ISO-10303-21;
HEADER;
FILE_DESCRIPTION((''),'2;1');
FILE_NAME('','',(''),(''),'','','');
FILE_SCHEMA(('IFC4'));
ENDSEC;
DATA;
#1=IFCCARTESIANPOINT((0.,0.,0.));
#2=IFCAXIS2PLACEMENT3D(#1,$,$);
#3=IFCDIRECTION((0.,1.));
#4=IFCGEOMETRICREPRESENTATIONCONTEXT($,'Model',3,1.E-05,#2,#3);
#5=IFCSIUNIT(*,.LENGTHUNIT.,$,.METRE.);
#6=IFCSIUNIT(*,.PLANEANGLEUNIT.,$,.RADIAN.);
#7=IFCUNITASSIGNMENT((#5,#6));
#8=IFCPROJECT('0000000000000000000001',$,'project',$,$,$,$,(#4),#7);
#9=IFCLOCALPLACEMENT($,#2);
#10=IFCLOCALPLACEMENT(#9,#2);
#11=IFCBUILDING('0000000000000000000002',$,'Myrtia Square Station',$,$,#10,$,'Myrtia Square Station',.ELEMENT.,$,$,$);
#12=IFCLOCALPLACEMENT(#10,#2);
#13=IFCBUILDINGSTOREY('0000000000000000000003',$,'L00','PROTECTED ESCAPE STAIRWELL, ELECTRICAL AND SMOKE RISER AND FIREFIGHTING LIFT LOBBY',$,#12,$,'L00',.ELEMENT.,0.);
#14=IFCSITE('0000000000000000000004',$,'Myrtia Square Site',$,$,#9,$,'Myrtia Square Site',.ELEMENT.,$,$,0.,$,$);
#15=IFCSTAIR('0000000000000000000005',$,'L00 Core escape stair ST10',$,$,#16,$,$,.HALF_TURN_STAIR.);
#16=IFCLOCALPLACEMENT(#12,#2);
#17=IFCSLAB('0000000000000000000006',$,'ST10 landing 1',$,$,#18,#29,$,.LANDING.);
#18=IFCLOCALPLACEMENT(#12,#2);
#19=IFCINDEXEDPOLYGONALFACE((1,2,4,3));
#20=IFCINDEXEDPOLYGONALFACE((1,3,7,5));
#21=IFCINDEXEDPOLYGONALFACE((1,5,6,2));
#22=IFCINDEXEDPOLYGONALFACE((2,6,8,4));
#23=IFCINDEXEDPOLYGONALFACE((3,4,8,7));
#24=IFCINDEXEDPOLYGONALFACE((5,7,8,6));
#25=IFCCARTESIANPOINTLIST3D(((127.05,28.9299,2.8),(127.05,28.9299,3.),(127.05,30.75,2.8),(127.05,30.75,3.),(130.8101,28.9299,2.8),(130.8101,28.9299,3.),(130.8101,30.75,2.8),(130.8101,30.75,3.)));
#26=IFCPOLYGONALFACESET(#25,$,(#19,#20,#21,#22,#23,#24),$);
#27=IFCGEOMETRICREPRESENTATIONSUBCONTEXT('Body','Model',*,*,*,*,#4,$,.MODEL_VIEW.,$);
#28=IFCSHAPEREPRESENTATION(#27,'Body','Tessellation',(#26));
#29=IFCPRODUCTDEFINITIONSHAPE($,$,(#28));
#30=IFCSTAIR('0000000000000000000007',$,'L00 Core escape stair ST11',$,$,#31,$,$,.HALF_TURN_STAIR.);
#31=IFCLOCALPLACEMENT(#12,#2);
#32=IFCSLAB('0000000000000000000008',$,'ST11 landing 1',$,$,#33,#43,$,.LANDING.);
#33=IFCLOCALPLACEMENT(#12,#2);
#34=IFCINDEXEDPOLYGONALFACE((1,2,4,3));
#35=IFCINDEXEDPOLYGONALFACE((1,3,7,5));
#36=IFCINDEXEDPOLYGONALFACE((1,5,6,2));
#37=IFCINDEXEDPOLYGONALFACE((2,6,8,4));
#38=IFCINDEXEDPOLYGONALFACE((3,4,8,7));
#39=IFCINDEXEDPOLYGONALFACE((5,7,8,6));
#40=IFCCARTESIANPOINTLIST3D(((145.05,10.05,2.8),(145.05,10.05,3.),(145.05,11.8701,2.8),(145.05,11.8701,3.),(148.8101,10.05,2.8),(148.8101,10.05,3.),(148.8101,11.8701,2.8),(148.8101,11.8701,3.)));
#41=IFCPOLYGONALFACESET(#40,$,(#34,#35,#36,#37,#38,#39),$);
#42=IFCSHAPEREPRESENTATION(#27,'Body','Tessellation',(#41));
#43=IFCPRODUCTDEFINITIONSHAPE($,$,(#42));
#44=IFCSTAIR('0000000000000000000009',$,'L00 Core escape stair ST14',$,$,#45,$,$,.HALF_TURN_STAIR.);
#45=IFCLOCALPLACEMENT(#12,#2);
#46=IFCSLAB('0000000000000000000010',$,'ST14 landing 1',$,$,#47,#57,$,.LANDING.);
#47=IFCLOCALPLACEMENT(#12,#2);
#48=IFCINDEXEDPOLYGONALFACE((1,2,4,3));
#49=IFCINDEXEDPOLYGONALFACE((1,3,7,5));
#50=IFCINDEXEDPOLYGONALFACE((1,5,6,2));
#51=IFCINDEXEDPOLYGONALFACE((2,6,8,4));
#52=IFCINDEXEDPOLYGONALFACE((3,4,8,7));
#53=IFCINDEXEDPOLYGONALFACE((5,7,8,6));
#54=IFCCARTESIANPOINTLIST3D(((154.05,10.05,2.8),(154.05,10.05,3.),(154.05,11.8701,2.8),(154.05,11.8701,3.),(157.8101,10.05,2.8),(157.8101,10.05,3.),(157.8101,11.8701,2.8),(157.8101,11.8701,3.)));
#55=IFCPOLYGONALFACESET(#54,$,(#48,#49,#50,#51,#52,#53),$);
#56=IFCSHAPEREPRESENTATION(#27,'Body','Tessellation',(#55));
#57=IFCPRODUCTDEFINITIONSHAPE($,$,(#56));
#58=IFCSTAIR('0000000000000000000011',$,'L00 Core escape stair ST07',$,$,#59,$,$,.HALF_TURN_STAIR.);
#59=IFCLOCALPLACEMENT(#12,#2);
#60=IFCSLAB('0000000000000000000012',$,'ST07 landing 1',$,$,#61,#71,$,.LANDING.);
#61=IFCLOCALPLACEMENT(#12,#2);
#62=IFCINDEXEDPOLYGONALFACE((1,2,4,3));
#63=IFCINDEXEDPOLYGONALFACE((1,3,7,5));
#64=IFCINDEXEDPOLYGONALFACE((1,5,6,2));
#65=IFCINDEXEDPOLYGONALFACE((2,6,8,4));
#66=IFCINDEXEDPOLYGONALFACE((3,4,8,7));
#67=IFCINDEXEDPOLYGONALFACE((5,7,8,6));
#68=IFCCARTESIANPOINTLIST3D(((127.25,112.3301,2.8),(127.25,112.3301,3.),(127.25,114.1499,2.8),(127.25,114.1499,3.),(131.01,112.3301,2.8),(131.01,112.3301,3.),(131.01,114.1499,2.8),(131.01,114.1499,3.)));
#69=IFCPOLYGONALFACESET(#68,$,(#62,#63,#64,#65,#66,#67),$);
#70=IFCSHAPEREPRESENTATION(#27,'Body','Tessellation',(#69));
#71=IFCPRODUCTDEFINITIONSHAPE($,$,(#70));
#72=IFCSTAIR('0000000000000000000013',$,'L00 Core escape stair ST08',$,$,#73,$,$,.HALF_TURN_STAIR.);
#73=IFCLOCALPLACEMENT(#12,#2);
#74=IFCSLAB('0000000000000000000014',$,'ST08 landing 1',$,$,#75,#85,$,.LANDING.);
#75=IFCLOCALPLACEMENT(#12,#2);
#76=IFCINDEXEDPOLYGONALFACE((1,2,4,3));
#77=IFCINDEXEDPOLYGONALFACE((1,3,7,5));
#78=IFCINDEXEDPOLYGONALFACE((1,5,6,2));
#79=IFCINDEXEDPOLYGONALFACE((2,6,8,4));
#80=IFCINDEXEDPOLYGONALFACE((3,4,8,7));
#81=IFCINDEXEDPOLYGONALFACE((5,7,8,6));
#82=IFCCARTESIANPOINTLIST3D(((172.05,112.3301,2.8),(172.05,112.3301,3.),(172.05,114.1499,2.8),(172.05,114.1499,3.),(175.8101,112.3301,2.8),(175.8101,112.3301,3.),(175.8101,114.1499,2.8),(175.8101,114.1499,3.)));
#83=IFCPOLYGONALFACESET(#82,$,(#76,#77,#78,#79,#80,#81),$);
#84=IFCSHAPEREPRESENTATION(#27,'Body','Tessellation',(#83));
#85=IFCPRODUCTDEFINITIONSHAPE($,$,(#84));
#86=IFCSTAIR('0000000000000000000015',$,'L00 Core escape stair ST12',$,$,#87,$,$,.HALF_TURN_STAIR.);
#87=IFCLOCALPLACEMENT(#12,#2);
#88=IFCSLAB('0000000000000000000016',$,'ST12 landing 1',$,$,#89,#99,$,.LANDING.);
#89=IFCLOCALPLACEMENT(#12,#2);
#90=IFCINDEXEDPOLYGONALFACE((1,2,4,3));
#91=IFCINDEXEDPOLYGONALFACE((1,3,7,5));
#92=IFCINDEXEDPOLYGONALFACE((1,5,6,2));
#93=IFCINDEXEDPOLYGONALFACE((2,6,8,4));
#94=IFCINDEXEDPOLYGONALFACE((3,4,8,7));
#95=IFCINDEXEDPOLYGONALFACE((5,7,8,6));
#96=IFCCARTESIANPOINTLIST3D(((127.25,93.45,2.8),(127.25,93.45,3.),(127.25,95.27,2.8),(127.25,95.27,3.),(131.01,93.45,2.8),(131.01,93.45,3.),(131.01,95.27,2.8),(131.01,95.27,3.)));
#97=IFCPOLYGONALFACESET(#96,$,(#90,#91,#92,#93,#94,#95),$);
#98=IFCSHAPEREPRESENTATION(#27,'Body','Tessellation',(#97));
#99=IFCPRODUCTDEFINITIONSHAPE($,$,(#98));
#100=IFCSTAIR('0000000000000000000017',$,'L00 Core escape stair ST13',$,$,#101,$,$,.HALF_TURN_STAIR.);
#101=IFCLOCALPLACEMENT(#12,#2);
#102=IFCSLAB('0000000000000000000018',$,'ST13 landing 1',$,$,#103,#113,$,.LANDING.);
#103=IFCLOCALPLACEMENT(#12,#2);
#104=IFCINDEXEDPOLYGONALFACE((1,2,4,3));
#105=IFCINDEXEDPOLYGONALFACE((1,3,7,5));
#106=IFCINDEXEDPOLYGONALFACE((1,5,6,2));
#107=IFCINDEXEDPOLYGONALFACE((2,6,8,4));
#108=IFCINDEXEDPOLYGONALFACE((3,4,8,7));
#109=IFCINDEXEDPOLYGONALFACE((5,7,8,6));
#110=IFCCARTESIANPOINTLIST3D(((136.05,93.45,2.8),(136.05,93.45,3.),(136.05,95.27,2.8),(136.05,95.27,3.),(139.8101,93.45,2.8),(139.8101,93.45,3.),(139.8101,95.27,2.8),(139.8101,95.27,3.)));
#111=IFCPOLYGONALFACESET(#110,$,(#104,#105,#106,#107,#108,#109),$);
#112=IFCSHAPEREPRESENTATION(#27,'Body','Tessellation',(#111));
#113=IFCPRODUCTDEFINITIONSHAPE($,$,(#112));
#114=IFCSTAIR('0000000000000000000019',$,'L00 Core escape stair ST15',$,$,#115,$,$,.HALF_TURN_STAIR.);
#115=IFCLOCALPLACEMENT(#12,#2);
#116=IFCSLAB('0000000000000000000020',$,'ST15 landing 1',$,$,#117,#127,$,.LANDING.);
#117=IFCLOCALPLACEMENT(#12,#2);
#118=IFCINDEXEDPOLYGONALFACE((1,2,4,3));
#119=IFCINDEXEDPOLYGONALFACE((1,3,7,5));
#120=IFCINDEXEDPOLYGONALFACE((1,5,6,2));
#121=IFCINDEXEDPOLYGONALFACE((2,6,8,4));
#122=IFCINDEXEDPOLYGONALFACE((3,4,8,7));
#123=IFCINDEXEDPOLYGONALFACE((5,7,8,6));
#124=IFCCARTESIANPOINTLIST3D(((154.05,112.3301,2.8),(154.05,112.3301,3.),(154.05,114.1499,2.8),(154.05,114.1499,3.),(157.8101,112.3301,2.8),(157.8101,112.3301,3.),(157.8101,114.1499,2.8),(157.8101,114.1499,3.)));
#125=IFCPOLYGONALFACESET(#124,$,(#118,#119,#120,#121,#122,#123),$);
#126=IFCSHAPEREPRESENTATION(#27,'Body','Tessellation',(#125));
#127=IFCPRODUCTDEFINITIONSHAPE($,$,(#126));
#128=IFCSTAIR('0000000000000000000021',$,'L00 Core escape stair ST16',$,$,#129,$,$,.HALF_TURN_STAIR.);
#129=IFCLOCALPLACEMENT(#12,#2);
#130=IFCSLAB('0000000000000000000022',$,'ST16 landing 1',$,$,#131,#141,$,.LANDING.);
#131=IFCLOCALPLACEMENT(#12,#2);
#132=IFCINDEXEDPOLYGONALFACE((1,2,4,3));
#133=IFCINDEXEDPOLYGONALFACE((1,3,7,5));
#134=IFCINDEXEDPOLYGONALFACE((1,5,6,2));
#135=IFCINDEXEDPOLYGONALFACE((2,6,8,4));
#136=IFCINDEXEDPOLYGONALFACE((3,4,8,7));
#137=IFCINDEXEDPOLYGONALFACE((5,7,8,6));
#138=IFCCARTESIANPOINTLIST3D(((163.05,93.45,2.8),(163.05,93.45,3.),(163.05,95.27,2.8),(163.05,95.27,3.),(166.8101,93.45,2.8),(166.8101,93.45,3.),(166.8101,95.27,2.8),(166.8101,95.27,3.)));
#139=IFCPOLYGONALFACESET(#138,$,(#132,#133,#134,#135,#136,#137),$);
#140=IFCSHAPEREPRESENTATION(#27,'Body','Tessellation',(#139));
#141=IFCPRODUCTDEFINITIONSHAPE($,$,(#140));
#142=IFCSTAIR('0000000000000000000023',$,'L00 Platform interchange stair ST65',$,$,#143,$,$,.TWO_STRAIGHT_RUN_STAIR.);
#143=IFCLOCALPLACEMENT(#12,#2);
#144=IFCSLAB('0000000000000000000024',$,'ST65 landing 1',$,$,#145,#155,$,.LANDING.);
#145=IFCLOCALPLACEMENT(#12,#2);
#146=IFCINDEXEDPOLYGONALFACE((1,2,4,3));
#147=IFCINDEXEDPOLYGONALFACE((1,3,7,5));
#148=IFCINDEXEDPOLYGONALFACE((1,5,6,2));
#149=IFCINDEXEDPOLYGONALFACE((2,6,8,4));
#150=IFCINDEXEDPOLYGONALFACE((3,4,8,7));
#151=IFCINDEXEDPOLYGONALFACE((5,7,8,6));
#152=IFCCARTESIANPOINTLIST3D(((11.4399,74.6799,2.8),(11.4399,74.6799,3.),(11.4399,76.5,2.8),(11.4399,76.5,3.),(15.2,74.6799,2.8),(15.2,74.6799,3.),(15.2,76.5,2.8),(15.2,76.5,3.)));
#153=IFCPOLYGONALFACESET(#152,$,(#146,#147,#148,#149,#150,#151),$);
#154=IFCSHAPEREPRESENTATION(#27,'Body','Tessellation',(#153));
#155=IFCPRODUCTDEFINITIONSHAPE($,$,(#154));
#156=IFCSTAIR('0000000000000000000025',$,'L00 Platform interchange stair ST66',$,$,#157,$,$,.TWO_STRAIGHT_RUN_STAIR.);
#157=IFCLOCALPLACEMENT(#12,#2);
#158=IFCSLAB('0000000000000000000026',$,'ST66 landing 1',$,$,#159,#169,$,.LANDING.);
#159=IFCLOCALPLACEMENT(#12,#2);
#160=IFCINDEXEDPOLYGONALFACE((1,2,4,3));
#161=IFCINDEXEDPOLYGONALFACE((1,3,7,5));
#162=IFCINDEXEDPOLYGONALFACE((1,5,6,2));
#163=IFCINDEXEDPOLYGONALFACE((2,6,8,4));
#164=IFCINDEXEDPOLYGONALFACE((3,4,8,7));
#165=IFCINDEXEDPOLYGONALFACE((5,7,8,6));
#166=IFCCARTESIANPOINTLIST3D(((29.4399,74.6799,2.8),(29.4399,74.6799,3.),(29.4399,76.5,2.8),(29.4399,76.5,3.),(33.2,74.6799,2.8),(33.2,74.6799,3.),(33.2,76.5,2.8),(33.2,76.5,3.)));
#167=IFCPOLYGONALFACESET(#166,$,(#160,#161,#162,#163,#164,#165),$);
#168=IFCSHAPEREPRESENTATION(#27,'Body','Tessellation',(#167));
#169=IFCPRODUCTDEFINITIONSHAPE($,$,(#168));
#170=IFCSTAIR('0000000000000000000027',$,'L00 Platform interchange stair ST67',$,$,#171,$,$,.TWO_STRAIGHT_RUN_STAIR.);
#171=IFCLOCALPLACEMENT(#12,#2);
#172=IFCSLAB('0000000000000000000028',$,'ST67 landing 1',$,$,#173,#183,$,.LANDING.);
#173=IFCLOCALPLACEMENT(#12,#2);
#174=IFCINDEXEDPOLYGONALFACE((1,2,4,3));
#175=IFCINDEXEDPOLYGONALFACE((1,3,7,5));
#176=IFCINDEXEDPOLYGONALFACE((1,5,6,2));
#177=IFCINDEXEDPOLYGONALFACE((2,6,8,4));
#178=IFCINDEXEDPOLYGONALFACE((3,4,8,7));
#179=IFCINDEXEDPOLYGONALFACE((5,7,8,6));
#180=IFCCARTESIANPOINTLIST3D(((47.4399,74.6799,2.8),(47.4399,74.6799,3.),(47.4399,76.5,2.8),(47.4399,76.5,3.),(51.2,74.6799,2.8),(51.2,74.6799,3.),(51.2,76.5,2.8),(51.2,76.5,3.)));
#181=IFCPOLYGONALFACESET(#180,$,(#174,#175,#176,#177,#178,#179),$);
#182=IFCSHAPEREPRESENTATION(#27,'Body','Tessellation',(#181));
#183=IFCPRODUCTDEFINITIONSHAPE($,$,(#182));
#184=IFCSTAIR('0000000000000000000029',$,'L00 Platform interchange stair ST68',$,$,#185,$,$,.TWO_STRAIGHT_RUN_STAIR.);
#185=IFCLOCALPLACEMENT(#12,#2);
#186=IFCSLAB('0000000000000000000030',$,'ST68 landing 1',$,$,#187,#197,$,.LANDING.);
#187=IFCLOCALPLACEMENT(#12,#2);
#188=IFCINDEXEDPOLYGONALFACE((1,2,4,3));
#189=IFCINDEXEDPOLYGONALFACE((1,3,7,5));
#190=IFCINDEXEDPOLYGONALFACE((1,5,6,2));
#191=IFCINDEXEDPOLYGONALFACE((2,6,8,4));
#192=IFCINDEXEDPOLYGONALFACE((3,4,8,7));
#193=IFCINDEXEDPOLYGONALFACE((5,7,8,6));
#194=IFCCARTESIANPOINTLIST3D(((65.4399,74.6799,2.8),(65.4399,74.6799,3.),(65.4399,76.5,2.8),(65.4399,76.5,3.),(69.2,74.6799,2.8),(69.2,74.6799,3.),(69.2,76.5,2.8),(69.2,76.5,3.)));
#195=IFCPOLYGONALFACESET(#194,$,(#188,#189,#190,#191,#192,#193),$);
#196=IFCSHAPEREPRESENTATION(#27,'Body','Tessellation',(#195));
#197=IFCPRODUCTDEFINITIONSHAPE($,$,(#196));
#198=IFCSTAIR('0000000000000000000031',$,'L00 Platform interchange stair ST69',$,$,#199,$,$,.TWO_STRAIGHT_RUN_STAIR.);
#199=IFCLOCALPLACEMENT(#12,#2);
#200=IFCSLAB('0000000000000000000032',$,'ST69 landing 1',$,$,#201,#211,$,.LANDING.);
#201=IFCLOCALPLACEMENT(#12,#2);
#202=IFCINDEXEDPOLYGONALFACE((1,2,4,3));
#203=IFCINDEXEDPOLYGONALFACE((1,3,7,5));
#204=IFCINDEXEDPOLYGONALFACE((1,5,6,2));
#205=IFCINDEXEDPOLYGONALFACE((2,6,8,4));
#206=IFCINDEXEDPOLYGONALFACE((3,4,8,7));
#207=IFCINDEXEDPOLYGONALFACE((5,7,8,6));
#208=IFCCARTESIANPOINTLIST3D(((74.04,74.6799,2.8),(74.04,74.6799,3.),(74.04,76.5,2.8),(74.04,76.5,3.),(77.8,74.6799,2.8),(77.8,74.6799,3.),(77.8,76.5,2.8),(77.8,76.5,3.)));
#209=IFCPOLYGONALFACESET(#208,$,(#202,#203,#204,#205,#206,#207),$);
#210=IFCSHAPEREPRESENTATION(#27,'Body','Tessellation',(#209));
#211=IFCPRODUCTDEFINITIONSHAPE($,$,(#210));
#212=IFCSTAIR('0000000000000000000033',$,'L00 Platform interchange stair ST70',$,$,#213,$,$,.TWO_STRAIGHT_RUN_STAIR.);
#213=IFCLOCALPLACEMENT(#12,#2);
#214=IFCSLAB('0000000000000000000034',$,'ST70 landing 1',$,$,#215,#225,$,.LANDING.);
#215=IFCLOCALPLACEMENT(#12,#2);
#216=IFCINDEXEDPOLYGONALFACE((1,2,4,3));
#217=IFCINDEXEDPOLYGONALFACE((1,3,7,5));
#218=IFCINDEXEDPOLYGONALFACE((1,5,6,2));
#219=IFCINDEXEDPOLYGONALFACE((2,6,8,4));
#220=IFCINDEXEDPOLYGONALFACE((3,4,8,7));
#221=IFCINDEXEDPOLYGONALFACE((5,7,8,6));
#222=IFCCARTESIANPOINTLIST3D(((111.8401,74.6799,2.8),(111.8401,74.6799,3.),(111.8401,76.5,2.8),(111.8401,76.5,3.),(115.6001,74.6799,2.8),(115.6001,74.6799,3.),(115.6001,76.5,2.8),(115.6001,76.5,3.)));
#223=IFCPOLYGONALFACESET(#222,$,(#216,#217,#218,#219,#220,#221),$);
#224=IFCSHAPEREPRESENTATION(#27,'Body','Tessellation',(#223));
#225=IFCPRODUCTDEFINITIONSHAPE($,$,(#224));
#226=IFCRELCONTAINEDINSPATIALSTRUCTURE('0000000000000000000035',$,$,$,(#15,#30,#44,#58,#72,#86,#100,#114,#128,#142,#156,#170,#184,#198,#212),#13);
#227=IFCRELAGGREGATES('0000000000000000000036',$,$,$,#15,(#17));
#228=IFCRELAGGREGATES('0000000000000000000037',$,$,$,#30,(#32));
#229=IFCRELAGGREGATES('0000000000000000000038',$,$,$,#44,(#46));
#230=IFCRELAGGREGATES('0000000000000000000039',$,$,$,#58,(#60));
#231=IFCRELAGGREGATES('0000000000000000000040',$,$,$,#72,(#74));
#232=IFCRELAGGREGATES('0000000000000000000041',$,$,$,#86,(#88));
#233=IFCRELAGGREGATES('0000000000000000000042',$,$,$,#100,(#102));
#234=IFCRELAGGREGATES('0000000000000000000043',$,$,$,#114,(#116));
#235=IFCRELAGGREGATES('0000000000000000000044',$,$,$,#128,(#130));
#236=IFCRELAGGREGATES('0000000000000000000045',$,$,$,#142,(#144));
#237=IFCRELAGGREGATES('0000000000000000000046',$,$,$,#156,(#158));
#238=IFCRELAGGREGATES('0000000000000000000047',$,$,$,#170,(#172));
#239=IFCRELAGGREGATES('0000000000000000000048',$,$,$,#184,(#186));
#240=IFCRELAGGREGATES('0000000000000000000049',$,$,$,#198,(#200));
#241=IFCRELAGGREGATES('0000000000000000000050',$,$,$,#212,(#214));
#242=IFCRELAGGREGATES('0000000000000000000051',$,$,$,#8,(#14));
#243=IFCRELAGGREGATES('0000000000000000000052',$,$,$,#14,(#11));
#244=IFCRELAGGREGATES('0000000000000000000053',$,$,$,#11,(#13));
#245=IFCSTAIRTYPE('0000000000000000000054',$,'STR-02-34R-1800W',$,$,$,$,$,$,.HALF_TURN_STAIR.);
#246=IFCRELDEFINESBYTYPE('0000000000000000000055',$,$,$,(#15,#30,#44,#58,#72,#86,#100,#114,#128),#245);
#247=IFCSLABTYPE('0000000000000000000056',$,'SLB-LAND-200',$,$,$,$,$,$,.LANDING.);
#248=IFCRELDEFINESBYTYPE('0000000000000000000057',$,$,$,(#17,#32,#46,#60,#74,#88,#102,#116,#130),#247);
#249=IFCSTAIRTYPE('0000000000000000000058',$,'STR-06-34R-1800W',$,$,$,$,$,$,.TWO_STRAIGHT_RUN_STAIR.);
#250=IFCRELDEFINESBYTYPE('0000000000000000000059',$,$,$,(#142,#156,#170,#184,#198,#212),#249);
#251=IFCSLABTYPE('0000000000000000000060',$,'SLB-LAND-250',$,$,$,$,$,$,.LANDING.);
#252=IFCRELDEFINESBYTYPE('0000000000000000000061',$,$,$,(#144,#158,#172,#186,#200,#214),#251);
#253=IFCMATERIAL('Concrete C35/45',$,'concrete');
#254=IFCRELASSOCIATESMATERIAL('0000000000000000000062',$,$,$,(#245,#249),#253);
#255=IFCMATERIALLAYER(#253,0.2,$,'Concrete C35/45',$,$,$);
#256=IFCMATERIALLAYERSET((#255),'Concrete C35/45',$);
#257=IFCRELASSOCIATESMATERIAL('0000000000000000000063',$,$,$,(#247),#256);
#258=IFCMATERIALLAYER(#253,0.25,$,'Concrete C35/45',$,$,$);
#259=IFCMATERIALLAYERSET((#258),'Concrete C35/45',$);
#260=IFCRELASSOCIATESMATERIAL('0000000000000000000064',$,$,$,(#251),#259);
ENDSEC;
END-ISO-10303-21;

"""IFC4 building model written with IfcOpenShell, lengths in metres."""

from ifc_helpers import new_model, si_unit, direction, frame, origin, place, context, subcontext, project, spatial, polyline, outline, extrude, material, layer, layer_set, type_object, element, aggregate, save


model = new_model("IFC4")

# Units and contexts
model_context = context("Model", 3, precision=1e-05, world=origin(), true_north=direction((0.0, 1.0)))
body_context = subcontext(model_context, "Body", "Model", "MODEL_VIEW")
ifc_project = project(units=[si_unit("LENGTHUNIT", "METRE"), si_unit("PLANEANGLEUNIT", "RADIAN")], contexts=[model_context])

# Site, building, storey
site_placement = place(None, origin())
site = spatial("IfcSite", under=ifc_project, at=site_placement, Name="Myrtia Square Site", LongName="Myrtia Square Site", CompositionType="ELEMENT", RefElevation=0.0)
building_placement = place(site_placement, origin())
building = spatial("IfcBuilding", under=site, at=building_placement, Name="Myrtia Square Station", LongName="Myrtia Square Station", CompositionType="ELEMENT")
storey_placement = place(building_placement, origin())
storey = spatial("IfcBuildingStorey", under=building, at=storey_placement, Name="L00", Description="PROTECTED ESCAPE STAIRWELL, ELECTRICAL AND SMOKE RISER AND FIREFIGHTING LIFT LOBBY", LongName="L00", CompositionType="ELEMENT", Elevation=0.0)

# Shared definitions
ifc_material = material(Name="Concrete C35/45", Category="concrete")

# Stairs, slabs
stair_type_1 = type_object("IfcStairType", Name="STR-02-34R-1800W", PredefinedType="HALF_TURN_STAIR", material=ifc_material)
ifc_layer_1 = layer(ifc_material, 0.2, Name="Concrete C35/45")
ifc_layer_set_1 = layer_set([ifc_layer_1], Name="Concrete C35/45")
slab_type_1 = type_object("IfcSlabType", Name="SLB-LAND-200", PredefinedType="LANDING", material=ifc_layer_set_1)
stair_1_placement = place(storey_placement, origin())
stair_1 = element("IfcStair", 1, at=stair_1_placement, inside=storey, type_object=stair_type_1, Name="L00 Core escape stair ST10", PredefinedType="HALF_TURN_STAIR")
slab_1_placement = place(storey_placement, frame((0.0, 0.0, 2.8)))
slab_1 = element("IfcSlab", 2, at=slab_1_placement, type_object=slab_type_1, Name="ST10 landing 1", PredefinedType="LANDING", context=body_context, shape_type="SweptSolid", body=[
    extrude(outline(polyline([(130.8101, 28.9299), (130.8101, 30.75), (127.05, 30.75), (127.05, 28.9299), (130.8101, 28.9299)])), origin(), (0.0, 0.0, 1.0), 0.2),
])
aggregate(stair_1, [slab_1])
stair_2_placement = place(storey_placement, origin())
stair_2 = element("IfcStair", 3, at=stair_2_placement, inside=storey, type_object=stair_type_1, Name="L00 Core escape stair ST11", PredefinedType="HALF_TURN_STAIR")
slab_2_placement = place(storey_placement, frame((0.0, 0.0, 2.8)))
slab_2 = element("IfcSlab", 4, at=slab_2_placement, type_object=slab_type_1, Name="ST11 landing 1", PredefinedType="LANDING", context=body_context, shape_type="SweptSolid", body=[
    extrude(outline(polyline([(145.05, 11.8701), (145.05, 10.05), (148.8101, 10.05), (148.8101, 11.8701), (145.05, 11.8701)])), origin(), (0.0, 0.0, 1.0), 0.2),
])
aggregate(stair_2, [slab_2])
stair_3_placement = place(storey_placement, origin())
stair_3 = element("IfcStair", 5, at=stair_3_placement, inside=storey, type_object=stair_type_1, Name="L00 Core escape stair ST14", PredefinedType="HALF_TURN_STAIR")
slab_3_placement = place(storey_placement, frame((0.0, 0.0, 2.8)))
slab_3 = element("IfcSlab", 6, at=slab_3_placement, type_object=slab_type_1, Name="ST14 landing 1", PredefinedType="LANDING", context=body_context, shape_type="SweptSolid", body=[
    extrude(outline(polyline([(154.05, 11.8701), (154.05, 10.05), (157.8101, 10.05), (157.8101, 11.8701), (154.05, 11.8701)])), origin(), (0.0, 0.0, 1.0), 0.2),
])
aggregate(stair_3, [slab_3])
stair_4_placement = place(storey_placement, origin())
stair_4 = element("IfcStair", 7, at=stair_4_placement, inside=storey, type_object=stair_type_1, Name="L00 Core escape stair ST07", PredefinedType="HALF_TURN_STAIR")
slab_4_placement = place(storey_placement, frame((0.0, 0.0, 2.8)))
slab_4 = element("IfcSlab", 8, at=slab_4_placement, type_object=slab_type_1, Name="ST07 landing 1", PredefinedType="LANDING", context=body_context, shape_type="SweptSolid", body=[
    extrude(outline(polyline([(131.01, 112.3301), (131.01, 114.1499), (127.25, 114.1499), (127.25, 112.3301), (131.01, 112.3301)])), origin(), (0.0, 0.0, 1.0), 0.2),
])
aggregate(stair_4, [slab_4])
stair_5_placement = place(storey_placement, origin())
stair_5 = element("IfcStair", 9, at=stair_5_placement, inside=storey, type_object=stair_type_1, Name="L00 Core escape stair ST08", PredefinedType="HALF_TURN_STAIR")
slab_5_placement = place(storey_placement, frame((0.0, 0.0, 2.8)))
slab_5 = element("IfcSlab", 10, at=slab_5_placement, type_object=slab_type_1, Name="ST08 landing 1", PredefinedType="LANDING", context=body_context, shape_type="SweptSolid", body=[
    extrude(outline(polyline([(175.8101, 112.3301), (175.8101, 114.1499), (172.05, 114.1499), (172.05, 112.3301), (175.8101, 112.3301)])), origin(), (0.0, 0.0, 1.0), 0.2),
])
aggregate(stair_5, [slab_5])
stair_6_placement = place(storey_placement, origin())
stair_6 = element("IfcStair", 11, at=stair_6_placement, inside=storey, type_object=stair_type_1, Name="L00 Core escape stair ST12", PredefinedType="HALF_TURN_STAIR")
slab_6_placement = place(storey_placement, frame((0.0, 0.0, 2.8)))
slab_6 = element("IfcSlab", 12, at=slab_6_placement, type_object=slab_type_1, Name="ST12 landing 1", PredefinedType="LANDING", context=body_context, shape_type="SweptSolid", body=[
    extrude(outline(polyline([(127.25, 95.27), (127.25, 93.45), (131.01, 93.45), (131.01, 95.27), (127.25, 95.27)])), origin(), (0.0, 0.0, 1.0), 0.2),
])
aggregate(stair_6, [slab_6])
stair_7_placement = place(storey_placement, origin())
stair_7 = element("IfcStair", 13, at=stair_7_placement, inside=storey, type_object=stair_type_1, Name="L00 Core escape stair ST13", PredefinedType="HALF_TURN_STAIR")
slab_7_placement = place(storey_placement, frame((0.0, 0.0, 2.8)))
slab_7 = element("IfcSlab", 14, at=slab_7_placement, type_object=slab_type_1, Name="ST13 landing 1", PredefinedType="LANDING", context=body_context, shape_type="SweptSolid", body=[
    extrude(outline(polyline([(136.05, 95.27), (136.05, 93.45), (139.8101, 93.45), (139.8101, 95.27), (136.05, 95.27)])), origin(), (0.0, 0.0, 1.0), 0.2),
])
aggregate(stair_7, [slab_7])
stair_8_placement = place(storey_placement, origin())
stair_8 = element("IfcStair", 15, at=stair_8_placement, inside=storey, type_object=stair_type_1, Name="L00 Core escape stair ST15", PredefinedType="HALF_TURN_STAIR")
slab_8_placement = place(storey_placement, frame((0.0, 0.0, 2.8)))
slab_8 = element("IfcSlab", 16, at=slab_8_placement, type_object=slab_type_1, Name="ST15 landing 1", PredefinedType="LANDING", context=body_context, shape_type="SweptSolid", body=[
    extrude(outline(polyline([(157.8101, 112.3301), (157.8101, 114.1499), (154.05, 114.1499), (154.05, 112.3301), (157.8101, 112.3301)])), origin(), (0.0, 0.0, 1.0), 0.2),
])
aggregate(stair_8, [slab_8])
stair_9_placement = place(storey_placement, origin())
stair_9 = element("IfcStair", 17, at=stair_9_placement, inside=storey, type_object=stair_type_1, Name="L00 Core escape stair ST16", PredefinedType="HALF_TURN_STAIR")
slab_9_placement = place(storey_placement, frame((0.0, 0.0, 2.8)))
slab_9 = element("IfcSlab", 18, at=slab_9_placement, type_object=slab_type_1, Name="ST16 landing 1", PredefinedType="LANDING", context=body_context, shape_type="SweptSolid", body=[
    extrude(outline(polyline([(163.05, 95.27), (163.05, 93.45), (166.8101, 93.45), (166.8101, 95.27), (163.05, 95.27)])), origin(), (0.0, 0.0, 1.0), 0.2),
])
aggregate(stair_9, [slab_9])
stair_type_2 = type_object("IfcStairType", Name="STR-06-34R-1800W", PredefinedType="TWO_STRAIGHT_RUN_STAIR", material=ifc_material)
stair_10_placement = place(storey_placement, origin())
stair_10 = element("IfcStair", 19, at=stair_10_placement, inside=storey, type_object=stair_type_2, Name="L00 Platform interchange stair ST65", PredefinedType="TWO_STRAIGHT_RUN_STAIR")
ifc_layer_2 = layer(ifc_material, 0.25, Name="Concrete C35/45")
ifc_layer_set_2 = layer_set([ifc_layer_2], Name="Concrete C35/45")
slab_type_2 = type_object("IfcSlabType", Name="SLB-LAND-250", PredefinedType="LANDING", material=ifc_layer_set_2)
slab_10_placement = place(storey_placement, frame((0.0, 0.0, 2.8)))
slab_10 = element("IfcSlab", 20, at=slab_10_placement, type_object=slab_type_2, Name="ST65 landing 1", PredefinedType="LANDING", context=body_context, shape_type="SweptSolid", body=[
    extrude(outline(polyline([(15.2, 74.6799), (15.2, 76.5), (11.4399, 76.5), (11.4399, 74.6799), (15.2, 74.6799)])), origin(), (0.0, 0.0, 1.0), 0.2),
])
aggregate(stair_10, [slab_10])
stair_11_placement = place(storey_placement, origin())
stair_11 = element("IfcStair", 21, at=stair_11_placement, inside=storey, type_object=stair_type_2, Name="L00 Platform interchange stair ST66", PredefinedType="TWO_STRAIGHT_RUN_STAIR")
slab_11_placement = place(storey_placement, frame((0.0, 0.0, 2.8)))
slab_11 = element("IfcSlab", 22, at=slab_11_placement, type_object=slab_type_2, Name="ST66 landing 1", PredefinedType="LANDING", context=body_context, shape_type="SweptSolid", body=[
    extrude(outline(polyline([(33.2, 74.6799), (33.2, 76.5), (29.4399, 76.5), (29.4399, 74.6799), (33.2, 74.6799)])), origin(), (0.0, 0.0, 1.0), 0.2),
])
aggregate(stair_11, [slab_11])
stair_12_placement = place(storey_placement, origin())
stair_12 = element("IfcStair", 23, at=stair_12_placement, inside=storey, type_object=stair_type_2, Name="L00 Platform interchange stair ST67", PredefinedType="TWO_STRAIGHT_RUN_STAIR")
slab_12_placement = place(storey_placement, frame((0.0, 0.0, 2.8)))
slab_12 = element("IfcSlab", 24, at=slab_12_placement, type_object=slab_type_2, Name="ST67 landing 1", PredefinedType="LANDING", context=body_context, shape_type="SweptSolid", body=[
    extrude(outline(polyline([(51.2, 74.6799), (51.2, 76.5), (47.4399, 76.5), (47.4399, 74.6799), (51.2, 74.6799)])), origin(), (0.0, 0.0, 1.0), 0.2),
])
aggregate(stair_12, [slab_12])
stair_13_placement = place(storey_placement, origin())
stair_13 = element("IfcStair", 25, at=stair_13_placement, inside=storey, type_object=stair_type_2, Name="L00 Platform interchange stair ST68", PredefinedType="TWO_STRAIGHT_RUN_STAIR")
slab_13_placement = place(storey_placement, frame((0.0, 0.0, 2.8)))
slab_13 = element("IfcSlab", 26, at=slab_13_placement, type_object=slab_type_2, Name="ST68 landing 1", PredefinedType="LANDING", context=body_context, shape_type="SweptSolid", body=[
    extrude(outline(polyline([(69.2, 74.6799), (69.2, 76.5), (65.4399, 76.5), (65.4399, 74.6799), (69.2, 74.6799)])), origin(), (0.0, 0.0, 1.0), 0.2),
])
aggregate(stair_13, [slab_13])
stair_14_placement = place(storey_placement, origin())
stair_14 = element("IfcStair", 27, at=stair_14_placement, inside=storey, type_object=stair_type_2, Name="L00 Platform interchange stair ST69", PredefinedType="TWO_STRAIGHT_RUN_STAIR")
slab_14_placement = place(storey_placement, frame((0.0, 0.0, 2.8)))
slab_14 = element("IfcSlab", 28, at=slab_14_placement, type_object=slab_type_2, Name="ST69 landing 1", PredefinedType="LANDING", context=body_context, shape_type="SweptSolid", body=[
    extrude(outline(polyline([(77.8, 74.6799), (77.8, 76.5), (74.04, 76.5), (74.04, 74.6799), (77.8, 74.6799)])), origin(), (0.0, 0.0, 1.0), 0.2),
])
aggregate(stair_14, [slab_14])
stair_15_placement = place(storey_placement, origin())
stair_15 = element("IfcStair", 29, at=stair_15_placement, inside=storey, type_object=stair_type_2, Name="L00 Platform interchange stair ST70", PredefinedType="TWO_STRAIGHT_RUN_STAIR")
slab_15_placement = place(storey_placement, frame((0.0, 0.0, 2.8)))
slab_15 = element("IfcSlab", 30, at=slab_15_placement, type_object=slab_type_2, Name="ST70 landing 1", PredefinedType="LANDING", context=body_context, shape_type="SweptSolid", body=[
    extrude(outline(polyline([(115.6001, 74.6799), (115.6001, 76.5), (111.8401, 76.5), (111.8401, 74.6799), (115.6001, 74.6799)])), origin(), (0.0, 0.0, 1.0), 0.2),
])
aggregate(stair_15, [slab_15])

save(model, "model.ifc")
